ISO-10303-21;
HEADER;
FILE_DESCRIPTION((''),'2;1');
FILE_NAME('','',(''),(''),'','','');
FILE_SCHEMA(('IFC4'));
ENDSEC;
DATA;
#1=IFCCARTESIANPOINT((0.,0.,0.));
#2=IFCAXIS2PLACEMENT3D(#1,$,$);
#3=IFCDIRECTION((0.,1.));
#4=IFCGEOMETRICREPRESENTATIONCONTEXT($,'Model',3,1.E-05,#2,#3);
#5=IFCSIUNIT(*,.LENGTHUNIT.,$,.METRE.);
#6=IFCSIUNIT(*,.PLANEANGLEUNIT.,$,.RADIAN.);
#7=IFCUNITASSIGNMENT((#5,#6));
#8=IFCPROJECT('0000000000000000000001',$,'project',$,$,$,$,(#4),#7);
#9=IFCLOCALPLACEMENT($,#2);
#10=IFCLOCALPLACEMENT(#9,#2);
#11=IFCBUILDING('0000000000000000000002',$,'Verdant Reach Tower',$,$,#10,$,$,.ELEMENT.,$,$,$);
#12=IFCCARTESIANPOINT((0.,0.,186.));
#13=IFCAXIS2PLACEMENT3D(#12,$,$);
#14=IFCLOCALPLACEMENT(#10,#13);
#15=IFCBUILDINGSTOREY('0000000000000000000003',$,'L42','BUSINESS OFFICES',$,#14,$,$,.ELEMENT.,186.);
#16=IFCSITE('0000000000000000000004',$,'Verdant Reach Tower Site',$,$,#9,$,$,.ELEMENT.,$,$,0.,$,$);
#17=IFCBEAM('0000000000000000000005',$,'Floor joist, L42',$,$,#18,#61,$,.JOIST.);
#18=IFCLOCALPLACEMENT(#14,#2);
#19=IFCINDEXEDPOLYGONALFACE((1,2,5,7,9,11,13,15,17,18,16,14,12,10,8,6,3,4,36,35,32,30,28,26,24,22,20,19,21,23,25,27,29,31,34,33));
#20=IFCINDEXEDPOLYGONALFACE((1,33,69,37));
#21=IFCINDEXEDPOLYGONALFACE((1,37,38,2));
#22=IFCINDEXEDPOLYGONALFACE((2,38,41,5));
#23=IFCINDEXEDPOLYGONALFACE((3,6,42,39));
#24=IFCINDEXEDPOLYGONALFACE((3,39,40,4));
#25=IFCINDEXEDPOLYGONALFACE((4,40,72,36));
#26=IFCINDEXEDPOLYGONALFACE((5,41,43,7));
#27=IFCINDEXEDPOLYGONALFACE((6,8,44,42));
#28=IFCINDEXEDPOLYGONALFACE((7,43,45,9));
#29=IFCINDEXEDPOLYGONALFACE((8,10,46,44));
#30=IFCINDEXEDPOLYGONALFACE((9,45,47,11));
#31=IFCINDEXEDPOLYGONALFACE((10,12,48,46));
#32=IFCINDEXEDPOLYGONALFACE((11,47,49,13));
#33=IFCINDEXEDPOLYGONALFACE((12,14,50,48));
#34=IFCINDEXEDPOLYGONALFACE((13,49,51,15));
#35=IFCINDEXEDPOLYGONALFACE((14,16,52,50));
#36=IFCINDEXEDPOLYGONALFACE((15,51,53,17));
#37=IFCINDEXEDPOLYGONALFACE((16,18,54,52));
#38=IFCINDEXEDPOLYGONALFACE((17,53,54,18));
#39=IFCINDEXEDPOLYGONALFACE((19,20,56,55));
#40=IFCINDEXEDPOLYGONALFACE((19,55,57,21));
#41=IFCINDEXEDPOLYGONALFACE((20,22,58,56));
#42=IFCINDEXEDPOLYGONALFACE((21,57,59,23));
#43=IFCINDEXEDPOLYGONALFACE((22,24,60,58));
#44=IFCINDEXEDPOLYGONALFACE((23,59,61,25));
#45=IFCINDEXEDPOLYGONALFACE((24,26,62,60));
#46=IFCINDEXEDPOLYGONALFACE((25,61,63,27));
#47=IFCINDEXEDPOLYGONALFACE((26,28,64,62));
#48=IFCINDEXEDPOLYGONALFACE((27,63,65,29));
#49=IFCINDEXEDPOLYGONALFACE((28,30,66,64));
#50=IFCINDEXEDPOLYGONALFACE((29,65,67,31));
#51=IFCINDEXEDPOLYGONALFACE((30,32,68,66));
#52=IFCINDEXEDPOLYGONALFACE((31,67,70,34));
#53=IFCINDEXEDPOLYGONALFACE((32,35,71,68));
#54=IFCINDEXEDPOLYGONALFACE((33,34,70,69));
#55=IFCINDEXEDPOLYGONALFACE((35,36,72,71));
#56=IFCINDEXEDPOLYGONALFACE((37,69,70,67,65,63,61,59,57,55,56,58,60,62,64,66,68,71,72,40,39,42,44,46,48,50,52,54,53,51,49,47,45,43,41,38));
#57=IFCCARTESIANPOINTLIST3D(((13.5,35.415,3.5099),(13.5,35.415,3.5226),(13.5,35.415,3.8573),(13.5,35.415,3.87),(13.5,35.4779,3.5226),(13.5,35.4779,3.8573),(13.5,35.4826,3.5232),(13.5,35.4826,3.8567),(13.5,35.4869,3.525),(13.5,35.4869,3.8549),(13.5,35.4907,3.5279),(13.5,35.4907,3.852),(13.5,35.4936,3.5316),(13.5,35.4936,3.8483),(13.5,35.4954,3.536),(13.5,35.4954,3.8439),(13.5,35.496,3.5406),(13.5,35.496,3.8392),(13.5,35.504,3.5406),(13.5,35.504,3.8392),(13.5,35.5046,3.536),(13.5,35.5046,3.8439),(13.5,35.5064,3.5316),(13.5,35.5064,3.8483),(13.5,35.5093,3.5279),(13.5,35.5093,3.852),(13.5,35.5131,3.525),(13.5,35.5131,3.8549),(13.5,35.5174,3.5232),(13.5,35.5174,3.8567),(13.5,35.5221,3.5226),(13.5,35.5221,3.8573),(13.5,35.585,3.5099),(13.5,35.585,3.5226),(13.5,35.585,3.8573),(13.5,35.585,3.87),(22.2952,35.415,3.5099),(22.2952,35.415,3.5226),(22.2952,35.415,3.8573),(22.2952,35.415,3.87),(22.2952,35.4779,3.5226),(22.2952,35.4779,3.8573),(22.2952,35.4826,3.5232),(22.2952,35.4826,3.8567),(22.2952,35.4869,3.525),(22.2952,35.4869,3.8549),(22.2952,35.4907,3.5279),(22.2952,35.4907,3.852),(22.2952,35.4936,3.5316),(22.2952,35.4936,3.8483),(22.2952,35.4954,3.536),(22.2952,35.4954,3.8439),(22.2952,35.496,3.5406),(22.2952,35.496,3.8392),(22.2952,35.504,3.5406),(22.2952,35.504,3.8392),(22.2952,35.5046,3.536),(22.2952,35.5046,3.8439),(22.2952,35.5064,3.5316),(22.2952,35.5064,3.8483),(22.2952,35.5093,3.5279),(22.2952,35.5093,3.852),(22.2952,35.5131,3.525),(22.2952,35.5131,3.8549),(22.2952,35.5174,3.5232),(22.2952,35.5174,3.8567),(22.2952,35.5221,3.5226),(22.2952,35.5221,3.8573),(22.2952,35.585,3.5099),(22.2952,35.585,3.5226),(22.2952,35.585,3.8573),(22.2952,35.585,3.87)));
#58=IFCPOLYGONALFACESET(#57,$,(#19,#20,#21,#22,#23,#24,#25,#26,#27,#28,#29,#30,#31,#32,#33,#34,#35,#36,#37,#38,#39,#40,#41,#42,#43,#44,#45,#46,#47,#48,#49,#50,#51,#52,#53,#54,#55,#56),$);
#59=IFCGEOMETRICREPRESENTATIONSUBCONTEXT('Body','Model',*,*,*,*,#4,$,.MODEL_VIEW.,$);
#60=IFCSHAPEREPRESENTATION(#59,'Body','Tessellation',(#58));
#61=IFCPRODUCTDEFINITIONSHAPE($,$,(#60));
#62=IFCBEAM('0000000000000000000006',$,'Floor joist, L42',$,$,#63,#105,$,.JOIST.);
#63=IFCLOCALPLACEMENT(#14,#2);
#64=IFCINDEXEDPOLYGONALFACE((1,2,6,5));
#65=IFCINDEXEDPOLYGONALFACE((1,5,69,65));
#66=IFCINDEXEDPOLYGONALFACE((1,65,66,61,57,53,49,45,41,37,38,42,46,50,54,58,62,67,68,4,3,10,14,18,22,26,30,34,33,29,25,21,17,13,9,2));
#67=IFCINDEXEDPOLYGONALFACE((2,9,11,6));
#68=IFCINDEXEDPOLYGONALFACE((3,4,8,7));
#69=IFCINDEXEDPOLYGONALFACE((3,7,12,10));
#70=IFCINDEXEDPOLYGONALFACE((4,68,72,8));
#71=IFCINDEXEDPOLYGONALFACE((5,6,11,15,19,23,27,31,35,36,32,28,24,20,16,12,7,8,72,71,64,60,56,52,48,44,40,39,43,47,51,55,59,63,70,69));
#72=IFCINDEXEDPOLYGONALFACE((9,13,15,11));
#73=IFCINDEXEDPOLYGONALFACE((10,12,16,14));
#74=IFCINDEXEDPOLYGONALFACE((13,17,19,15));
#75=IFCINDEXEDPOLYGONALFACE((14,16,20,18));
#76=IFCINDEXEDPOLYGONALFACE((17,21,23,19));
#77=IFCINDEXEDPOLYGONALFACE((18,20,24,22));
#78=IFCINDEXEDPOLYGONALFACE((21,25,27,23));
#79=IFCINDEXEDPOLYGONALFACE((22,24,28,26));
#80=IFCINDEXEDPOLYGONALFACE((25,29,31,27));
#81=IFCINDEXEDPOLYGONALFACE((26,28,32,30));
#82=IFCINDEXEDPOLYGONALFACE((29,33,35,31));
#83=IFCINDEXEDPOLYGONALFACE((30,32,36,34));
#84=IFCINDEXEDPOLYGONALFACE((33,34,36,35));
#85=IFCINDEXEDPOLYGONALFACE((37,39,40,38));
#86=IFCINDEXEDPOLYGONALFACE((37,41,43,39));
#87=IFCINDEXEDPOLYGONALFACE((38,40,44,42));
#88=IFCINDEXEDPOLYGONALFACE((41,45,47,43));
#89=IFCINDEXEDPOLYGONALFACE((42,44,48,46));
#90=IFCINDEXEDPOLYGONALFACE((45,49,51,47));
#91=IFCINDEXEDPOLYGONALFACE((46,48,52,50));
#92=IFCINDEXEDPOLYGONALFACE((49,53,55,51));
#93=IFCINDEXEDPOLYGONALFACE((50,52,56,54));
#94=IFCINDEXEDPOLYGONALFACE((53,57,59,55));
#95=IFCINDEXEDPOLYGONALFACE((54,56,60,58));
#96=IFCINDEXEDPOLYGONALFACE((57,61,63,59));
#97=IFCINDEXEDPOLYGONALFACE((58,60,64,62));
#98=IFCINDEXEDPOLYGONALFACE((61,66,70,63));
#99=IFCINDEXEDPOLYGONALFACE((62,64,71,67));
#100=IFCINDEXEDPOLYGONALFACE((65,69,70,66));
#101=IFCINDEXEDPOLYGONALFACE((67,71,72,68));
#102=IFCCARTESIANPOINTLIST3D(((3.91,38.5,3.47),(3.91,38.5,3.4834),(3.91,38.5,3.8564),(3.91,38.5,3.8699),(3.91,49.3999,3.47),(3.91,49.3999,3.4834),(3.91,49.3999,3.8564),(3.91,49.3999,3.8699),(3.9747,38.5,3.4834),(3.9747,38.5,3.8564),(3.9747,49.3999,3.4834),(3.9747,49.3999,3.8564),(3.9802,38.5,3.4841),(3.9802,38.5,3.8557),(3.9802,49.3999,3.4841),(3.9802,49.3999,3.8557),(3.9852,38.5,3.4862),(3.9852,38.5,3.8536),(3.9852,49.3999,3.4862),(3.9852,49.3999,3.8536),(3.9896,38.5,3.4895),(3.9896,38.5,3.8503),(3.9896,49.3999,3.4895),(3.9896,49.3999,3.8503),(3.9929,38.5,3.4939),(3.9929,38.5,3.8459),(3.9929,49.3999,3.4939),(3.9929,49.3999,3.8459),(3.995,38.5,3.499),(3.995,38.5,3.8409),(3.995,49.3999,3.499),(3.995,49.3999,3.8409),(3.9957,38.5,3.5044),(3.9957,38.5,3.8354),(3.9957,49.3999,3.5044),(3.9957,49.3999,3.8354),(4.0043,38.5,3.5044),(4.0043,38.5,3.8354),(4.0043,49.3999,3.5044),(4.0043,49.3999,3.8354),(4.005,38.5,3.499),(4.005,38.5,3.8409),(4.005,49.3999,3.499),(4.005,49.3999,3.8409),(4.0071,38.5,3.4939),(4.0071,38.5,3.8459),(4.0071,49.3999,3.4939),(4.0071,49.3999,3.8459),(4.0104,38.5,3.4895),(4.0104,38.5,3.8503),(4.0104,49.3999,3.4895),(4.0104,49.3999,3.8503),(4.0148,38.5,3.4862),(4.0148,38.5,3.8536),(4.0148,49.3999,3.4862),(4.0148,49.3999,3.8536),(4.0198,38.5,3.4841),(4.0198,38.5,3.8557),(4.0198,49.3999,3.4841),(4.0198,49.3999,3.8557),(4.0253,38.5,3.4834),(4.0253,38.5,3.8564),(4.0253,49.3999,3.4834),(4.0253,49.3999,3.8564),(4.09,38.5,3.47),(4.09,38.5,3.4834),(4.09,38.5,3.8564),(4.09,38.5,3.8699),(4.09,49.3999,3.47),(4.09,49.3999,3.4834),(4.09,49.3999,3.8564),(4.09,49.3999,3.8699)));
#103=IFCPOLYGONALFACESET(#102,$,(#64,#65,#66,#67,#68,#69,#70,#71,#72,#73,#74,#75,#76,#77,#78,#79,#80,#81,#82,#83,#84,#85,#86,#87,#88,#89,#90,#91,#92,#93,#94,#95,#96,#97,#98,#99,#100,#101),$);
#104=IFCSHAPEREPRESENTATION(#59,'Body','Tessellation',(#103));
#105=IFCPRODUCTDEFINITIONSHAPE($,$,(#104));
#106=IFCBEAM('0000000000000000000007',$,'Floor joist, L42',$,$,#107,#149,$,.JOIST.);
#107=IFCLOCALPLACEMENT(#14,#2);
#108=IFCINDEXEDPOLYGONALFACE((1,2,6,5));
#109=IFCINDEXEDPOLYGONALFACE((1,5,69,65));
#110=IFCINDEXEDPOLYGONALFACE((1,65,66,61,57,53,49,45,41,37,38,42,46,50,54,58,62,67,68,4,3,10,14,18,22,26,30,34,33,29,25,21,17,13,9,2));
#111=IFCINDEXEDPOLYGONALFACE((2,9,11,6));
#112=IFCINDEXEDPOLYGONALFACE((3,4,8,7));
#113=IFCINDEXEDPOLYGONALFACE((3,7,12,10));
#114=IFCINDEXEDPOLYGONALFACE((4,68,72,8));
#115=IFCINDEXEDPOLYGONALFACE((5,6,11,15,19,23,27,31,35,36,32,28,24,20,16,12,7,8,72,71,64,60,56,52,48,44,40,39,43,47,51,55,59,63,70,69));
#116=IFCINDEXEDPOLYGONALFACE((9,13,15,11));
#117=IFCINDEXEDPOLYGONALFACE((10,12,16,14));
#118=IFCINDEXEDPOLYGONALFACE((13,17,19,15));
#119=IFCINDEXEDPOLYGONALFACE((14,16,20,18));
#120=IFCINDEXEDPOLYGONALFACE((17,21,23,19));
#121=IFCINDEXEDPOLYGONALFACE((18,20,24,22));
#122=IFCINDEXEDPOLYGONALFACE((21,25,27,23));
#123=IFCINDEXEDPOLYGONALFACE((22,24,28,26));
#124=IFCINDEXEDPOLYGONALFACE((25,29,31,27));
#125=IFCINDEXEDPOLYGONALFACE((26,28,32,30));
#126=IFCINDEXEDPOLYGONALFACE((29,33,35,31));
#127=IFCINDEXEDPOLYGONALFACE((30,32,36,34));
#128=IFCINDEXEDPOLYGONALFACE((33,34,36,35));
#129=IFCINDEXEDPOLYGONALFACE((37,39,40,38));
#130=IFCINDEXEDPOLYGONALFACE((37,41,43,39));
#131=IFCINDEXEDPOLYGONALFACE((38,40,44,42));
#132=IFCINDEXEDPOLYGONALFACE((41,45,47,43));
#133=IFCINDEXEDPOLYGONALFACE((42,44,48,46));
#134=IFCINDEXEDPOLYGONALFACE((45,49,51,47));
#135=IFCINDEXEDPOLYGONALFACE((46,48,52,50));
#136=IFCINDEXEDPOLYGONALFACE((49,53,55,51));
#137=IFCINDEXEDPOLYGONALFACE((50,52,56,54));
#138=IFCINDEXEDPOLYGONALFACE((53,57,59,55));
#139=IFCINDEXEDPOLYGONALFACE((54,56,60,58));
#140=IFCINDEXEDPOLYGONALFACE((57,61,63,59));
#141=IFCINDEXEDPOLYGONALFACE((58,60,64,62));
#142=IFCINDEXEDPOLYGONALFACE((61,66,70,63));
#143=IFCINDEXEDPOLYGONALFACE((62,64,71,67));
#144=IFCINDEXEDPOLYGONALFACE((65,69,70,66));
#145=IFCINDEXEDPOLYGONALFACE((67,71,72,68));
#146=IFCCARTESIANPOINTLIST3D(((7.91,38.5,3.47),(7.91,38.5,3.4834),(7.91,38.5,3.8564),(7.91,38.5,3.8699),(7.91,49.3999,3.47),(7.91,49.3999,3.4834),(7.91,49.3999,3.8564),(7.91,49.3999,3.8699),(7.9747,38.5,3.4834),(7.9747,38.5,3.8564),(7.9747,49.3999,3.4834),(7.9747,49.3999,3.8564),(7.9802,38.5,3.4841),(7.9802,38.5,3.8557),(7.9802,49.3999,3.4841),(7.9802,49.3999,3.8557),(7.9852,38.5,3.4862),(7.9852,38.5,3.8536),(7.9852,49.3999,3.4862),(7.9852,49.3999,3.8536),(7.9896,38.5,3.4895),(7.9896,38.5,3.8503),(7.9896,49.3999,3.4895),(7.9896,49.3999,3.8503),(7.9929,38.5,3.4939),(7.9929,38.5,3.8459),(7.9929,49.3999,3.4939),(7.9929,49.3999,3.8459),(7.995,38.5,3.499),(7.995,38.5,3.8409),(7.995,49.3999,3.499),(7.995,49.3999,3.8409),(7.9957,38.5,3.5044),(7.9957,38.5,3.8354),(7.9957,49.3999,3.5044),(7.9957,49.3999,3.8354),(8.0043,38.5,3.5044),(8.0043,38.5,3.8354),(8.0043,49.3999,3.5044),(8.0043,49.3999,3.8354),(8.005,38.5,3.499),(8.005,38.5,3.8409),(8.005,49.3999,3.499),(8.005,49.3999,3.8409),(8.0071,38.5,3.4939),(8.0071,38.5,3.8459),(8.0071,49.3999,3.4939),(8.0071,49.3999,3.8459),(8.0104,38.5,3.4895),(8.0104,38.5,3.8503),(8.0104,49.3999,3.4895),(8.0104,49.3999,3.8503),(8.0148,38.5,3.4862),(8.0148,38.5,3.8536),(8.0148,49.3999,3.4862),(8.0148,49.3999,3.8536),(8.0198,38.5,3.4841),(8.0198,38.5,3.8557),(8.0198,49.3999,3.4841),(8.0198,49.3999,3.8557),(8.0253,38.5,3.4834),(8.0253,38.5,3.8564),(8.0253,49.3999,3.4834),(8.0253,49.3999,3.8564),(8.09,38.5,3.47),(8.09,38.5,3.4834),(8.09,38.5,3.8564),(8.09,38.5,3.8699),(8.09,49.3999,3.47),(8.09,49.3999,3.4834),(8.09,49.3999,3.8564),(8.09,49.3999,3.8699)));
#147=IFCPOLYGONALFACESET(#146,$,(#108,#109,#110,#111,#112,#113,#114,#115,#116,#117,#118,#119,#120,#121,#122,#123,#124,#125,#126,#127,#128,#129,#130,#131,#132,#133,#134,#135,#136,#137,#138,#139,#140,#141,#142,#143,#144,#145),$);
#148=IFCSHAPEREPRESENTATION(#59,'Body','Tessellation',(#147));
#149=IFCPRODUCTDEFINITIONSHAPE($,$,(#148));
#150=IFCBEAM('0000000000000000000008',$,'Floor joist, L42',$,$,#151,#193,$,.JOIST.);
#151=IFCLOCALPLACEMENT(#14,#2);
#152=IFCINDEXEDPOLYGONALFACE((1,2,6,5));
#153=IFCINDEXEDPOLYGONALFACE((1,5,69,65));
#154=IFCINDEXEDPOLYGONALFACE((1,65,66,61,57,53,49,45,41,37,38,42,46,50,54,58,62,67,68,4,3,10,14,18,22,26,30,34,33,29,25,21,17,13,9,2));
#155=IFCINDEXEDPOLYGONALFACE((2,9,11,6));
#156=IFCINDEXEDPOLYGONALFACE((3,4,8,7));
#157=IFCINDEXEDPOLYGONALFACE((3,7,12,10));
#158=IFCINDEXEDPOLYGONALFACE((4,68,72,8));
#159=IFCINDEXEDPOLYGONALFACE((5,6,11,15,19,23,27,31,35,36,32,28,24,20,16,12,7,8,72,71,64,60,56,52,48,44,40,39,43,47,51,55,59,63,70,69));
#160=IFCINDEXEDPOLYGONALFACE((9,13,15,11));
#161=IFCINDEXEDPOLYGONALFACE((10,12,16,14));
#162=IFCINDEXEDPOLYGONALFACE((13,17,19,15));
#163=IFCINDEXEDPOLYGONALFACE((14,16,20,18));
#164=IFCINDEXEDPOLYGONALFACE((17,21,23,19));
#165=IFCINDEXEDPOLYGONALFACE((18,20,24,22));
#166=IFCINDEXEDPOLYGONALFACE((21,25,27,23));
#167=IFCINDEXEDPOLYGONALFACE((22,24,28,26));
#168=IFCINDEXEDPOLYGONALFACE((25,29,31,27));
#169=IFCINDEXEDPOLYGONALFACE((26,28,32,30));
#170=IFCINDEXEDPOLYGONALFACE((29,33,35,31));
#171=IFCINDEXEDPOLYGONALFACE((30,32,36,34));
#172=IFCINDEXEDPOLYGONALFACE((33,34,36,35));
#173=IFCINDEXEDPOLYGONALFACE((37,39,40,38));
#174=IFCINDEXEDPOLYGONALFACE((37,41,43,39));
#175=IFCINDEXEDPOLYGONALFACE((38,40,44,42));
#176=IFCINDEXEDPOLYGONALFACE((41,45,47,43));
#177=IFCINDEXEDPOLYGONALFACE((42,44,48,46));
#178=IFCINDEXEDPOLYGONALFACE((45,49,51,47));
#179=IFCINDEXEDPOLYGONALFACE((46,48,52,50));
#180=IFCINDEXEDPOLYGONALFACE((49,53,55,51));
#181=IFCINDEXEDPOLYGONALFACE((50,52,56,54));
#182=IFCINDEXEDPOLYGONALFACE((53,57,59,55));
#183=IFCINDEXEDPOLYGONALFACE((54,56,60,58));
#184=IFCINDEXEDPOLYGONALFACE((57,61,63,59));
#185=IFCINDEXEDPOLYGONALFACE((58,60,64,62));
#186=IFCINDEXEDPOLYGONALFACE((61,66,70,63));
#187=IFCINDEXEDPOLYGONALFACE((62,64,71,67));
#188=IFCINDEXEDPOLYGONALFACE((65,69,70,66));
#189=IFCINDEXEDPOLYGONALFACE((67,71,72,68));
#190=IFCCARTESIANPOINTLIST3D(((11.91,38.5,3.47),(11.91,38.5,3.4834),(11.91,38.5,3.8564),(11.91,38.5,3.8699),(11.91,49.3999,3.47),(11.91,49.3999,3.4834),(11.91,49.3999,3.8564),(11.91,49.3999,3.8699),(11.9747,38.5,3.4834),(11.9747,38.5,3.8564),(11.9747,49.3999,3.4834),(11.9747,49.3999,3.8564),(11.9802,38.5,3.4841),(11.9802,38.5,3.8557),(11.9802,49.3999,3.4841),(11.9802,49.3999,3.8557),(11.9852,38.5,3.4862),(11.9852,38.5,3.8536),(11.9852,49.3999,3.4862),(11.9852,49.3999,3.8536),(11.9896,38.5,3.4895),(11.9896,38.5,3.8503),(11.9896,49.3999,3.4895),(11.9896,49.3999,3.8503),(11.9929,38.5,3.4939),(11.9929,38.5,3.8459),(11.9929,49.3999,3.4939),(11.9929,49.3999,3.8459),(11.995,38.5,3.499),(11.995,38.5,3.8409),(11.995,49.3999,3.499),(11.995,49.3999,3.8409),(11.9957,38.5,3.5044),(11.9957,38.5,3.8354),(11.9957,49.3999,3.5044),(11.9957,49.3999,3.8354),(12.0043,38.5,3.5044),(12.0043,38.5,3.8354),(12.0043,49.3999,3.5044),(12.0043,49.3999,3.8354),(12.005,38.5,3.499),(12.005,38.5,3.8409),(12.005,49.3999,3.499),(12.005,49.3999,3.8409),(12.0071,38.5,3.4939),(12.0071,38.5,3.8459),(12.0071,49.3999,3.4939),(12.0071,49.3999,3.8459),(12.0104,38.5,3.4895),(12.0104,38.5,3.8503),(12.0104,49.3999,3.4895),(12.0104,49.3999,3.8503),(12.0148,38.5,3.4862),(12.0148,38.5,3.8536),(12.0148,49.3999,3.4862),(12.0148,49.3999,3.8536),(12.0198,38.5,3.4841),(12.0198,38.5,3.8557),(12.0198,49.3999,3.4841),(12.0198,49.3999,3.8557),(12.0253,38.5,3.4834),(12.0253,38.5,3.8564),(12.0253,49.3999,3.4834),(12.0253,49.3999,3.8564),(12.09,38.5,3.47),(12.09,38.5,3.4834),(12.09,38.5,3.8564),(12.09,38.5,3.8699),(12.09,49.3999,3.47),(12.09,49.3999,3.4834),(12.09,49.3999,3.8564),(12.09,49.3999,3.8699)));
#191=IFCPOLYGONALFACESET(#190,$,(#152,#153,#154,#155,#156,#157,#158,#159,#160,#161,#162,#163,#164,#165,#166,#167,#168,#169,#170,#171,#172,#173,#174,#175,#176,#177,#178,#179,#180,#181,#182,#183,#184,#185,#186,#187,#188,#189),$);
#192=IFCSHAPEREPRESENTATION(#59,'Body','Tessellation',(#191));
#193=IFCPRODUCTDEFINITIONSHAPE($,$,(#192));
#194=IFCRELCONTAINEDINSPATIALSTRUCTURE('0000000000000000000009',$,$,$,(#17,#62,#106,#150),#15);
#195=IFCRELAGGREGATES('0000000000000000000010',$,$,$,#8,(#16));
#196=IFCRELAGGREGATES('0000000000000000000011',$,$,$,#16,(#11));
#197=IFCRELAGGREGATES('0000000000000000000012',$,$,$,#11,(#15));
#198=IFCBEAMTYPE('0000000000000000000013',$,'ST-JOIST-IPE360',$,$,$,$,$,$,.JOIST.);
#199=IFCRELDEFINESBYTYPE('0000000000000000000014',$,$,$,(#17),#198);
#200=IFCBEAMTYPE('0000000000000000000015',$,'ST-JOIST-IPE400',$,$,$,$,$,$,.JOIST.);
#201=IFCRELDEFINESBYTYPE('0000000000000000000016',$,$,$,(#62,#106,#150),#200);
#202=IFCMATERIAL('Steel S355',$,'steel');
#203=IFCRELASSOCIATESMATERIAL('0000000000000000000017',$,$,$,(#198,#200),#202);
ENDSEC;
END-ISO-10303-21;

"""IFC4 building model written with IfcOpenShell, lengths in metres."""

from ifc_helpers import new_model, si_unit, direction, frame, origin, origin_2d, place, context, subcontext, project, spatial, i_section, extrude, material, material_profile, profile_set, type_object, element, save


model = new_model("IFC4")

# Units and contexts
model_context = context("Model", 3, precision=1e-05, world=origin(), true_north=direction((0.0, 1.0)))
body_context = subcontext(model_context, "Body", "Model", "MODEL_VIEW")
ifc_project = project(units=[si_unit("LENGTHUNIT", "METRE"), si_unit("PLANEANGLEUNIT", "RADIAN")], contexts=[model_context])

# Site, building, storey
site_placement = place(None, origin())
site = spatial("IfcSite", under=ifc_project, at=site_placement, Name="Verdant Reach Tower Site", CompositionType="ELEMENT", RefElevation=0.0)
building_placement = place(site_placement, origin())
building = spatial("IfcBuilding", under=site, at=building_placement, Name="Verdant Reach Tower", CompositionType="ELEMENT")
storey_placement = place(building_placement, frame((0.0, 0.0, 186.0)))
storey = spatial("IfcBuildingStorey", under=building, at=storey_placement, Name="L42", Description="BUSINESS OFFICES", CompositionType="ELEMENT", Elevation=186.0)

# Beams
ifc_material_1 = material(Name="Steel S355", Category="steel")
ifc_material_profile_1 = material_profile(ifc_material_1, i_section(OverallWidth=0.1699, OverallDepth=0.3601, WebThickness=0.0081, FlangeThickness=0.0127, FilletRadius=0.0181, at=origin_2d()), Name="IPE 360")
ifc_profile_set_1 = profile_set([ifc_material_profile_1], Name="Steel S355")
beam_type_1 = type_object("IfcBeamType", Name="ST-JOIST-IPE360", PredefinedType="JOIST", material=ifc_profile_set_1)
beam_placement = place(storey_placement, frame((13.5, 35.5, 3.6899), z_axis=(1.0, 0.0, 0.0), x_axis=(0.0, 1.0, 0.0)))
element("IfcBeam", 1, at=beam_placement, inside=storey, type_object=beam_type_1, Name="Floor joist, L42", PredefinedType="JOIST", context=body_context, shape_type="SweptSolid", body=[
    extrude(i_section(OverallWidth=0.1699, OverallDepth=0.3601, WebThickness=0.0081, FlangeThickness=0.0127, FilletRadius=0.0181, at=origin_2d()), origin(), (0.0, 0.0, 1.0), 8.7952),
])
ifc_material_profile_2 = material_profile(ifc_material_1, i_section(OverallWidth=0.1799, OverallDepth=0.3999, WebThickness=0.0085, FlangeThickness=0.0134, FilletRadius=0.021, at=origin_2d()), Name="IPE 400")
ifc_profile_set_2 = profile_set([ifc_material_profile_2], Name="Steel S355")
beam_type_2 = type_object("IfcBeamType", Name="ST-JOIST-IPE400", PredefinedType="JOIST", material=ifc_profile_set_2)
for number, where, z_axis, x_axis, name in (
    (2, (4.0, 38.5, 3.6699), (0.0, 1.0, 0.0), (-1.0, 0.0, 0.0), "Floor joist, L42"),
    (3, (8.0, 38.5, 3.6699), (0.0, 1.0, 0.0), (-1.0, 0.0, 0.0), "Floor joist, L42"),
    (4, (12.0, 38.5, 3.6699), (0.0, 1.0, 0.0), (-1.0, 0.0, 0.0), "Floor joist, L42"),
):
    element("IfcBeam", number, at=place(storey_placement, frame(where, z_axis=z_axis, x_axis=x_axis)), inside=storey, type_object=beam_type_2, Name=name, PredefinedType="JOIST", context=body_context, shape_type="SweptSolid", body=[
        extrude(i_section(OverallWidth=0.1799, OverallDepth=0.3999, WebThickness=0.0085, FlangeThickness=0.0134, FilletRadius=0.021, at=origin_2d()), origin(), (0.0, 0.0, 1.0), 10.8999),
    ])

save(model, "model.ifc")
